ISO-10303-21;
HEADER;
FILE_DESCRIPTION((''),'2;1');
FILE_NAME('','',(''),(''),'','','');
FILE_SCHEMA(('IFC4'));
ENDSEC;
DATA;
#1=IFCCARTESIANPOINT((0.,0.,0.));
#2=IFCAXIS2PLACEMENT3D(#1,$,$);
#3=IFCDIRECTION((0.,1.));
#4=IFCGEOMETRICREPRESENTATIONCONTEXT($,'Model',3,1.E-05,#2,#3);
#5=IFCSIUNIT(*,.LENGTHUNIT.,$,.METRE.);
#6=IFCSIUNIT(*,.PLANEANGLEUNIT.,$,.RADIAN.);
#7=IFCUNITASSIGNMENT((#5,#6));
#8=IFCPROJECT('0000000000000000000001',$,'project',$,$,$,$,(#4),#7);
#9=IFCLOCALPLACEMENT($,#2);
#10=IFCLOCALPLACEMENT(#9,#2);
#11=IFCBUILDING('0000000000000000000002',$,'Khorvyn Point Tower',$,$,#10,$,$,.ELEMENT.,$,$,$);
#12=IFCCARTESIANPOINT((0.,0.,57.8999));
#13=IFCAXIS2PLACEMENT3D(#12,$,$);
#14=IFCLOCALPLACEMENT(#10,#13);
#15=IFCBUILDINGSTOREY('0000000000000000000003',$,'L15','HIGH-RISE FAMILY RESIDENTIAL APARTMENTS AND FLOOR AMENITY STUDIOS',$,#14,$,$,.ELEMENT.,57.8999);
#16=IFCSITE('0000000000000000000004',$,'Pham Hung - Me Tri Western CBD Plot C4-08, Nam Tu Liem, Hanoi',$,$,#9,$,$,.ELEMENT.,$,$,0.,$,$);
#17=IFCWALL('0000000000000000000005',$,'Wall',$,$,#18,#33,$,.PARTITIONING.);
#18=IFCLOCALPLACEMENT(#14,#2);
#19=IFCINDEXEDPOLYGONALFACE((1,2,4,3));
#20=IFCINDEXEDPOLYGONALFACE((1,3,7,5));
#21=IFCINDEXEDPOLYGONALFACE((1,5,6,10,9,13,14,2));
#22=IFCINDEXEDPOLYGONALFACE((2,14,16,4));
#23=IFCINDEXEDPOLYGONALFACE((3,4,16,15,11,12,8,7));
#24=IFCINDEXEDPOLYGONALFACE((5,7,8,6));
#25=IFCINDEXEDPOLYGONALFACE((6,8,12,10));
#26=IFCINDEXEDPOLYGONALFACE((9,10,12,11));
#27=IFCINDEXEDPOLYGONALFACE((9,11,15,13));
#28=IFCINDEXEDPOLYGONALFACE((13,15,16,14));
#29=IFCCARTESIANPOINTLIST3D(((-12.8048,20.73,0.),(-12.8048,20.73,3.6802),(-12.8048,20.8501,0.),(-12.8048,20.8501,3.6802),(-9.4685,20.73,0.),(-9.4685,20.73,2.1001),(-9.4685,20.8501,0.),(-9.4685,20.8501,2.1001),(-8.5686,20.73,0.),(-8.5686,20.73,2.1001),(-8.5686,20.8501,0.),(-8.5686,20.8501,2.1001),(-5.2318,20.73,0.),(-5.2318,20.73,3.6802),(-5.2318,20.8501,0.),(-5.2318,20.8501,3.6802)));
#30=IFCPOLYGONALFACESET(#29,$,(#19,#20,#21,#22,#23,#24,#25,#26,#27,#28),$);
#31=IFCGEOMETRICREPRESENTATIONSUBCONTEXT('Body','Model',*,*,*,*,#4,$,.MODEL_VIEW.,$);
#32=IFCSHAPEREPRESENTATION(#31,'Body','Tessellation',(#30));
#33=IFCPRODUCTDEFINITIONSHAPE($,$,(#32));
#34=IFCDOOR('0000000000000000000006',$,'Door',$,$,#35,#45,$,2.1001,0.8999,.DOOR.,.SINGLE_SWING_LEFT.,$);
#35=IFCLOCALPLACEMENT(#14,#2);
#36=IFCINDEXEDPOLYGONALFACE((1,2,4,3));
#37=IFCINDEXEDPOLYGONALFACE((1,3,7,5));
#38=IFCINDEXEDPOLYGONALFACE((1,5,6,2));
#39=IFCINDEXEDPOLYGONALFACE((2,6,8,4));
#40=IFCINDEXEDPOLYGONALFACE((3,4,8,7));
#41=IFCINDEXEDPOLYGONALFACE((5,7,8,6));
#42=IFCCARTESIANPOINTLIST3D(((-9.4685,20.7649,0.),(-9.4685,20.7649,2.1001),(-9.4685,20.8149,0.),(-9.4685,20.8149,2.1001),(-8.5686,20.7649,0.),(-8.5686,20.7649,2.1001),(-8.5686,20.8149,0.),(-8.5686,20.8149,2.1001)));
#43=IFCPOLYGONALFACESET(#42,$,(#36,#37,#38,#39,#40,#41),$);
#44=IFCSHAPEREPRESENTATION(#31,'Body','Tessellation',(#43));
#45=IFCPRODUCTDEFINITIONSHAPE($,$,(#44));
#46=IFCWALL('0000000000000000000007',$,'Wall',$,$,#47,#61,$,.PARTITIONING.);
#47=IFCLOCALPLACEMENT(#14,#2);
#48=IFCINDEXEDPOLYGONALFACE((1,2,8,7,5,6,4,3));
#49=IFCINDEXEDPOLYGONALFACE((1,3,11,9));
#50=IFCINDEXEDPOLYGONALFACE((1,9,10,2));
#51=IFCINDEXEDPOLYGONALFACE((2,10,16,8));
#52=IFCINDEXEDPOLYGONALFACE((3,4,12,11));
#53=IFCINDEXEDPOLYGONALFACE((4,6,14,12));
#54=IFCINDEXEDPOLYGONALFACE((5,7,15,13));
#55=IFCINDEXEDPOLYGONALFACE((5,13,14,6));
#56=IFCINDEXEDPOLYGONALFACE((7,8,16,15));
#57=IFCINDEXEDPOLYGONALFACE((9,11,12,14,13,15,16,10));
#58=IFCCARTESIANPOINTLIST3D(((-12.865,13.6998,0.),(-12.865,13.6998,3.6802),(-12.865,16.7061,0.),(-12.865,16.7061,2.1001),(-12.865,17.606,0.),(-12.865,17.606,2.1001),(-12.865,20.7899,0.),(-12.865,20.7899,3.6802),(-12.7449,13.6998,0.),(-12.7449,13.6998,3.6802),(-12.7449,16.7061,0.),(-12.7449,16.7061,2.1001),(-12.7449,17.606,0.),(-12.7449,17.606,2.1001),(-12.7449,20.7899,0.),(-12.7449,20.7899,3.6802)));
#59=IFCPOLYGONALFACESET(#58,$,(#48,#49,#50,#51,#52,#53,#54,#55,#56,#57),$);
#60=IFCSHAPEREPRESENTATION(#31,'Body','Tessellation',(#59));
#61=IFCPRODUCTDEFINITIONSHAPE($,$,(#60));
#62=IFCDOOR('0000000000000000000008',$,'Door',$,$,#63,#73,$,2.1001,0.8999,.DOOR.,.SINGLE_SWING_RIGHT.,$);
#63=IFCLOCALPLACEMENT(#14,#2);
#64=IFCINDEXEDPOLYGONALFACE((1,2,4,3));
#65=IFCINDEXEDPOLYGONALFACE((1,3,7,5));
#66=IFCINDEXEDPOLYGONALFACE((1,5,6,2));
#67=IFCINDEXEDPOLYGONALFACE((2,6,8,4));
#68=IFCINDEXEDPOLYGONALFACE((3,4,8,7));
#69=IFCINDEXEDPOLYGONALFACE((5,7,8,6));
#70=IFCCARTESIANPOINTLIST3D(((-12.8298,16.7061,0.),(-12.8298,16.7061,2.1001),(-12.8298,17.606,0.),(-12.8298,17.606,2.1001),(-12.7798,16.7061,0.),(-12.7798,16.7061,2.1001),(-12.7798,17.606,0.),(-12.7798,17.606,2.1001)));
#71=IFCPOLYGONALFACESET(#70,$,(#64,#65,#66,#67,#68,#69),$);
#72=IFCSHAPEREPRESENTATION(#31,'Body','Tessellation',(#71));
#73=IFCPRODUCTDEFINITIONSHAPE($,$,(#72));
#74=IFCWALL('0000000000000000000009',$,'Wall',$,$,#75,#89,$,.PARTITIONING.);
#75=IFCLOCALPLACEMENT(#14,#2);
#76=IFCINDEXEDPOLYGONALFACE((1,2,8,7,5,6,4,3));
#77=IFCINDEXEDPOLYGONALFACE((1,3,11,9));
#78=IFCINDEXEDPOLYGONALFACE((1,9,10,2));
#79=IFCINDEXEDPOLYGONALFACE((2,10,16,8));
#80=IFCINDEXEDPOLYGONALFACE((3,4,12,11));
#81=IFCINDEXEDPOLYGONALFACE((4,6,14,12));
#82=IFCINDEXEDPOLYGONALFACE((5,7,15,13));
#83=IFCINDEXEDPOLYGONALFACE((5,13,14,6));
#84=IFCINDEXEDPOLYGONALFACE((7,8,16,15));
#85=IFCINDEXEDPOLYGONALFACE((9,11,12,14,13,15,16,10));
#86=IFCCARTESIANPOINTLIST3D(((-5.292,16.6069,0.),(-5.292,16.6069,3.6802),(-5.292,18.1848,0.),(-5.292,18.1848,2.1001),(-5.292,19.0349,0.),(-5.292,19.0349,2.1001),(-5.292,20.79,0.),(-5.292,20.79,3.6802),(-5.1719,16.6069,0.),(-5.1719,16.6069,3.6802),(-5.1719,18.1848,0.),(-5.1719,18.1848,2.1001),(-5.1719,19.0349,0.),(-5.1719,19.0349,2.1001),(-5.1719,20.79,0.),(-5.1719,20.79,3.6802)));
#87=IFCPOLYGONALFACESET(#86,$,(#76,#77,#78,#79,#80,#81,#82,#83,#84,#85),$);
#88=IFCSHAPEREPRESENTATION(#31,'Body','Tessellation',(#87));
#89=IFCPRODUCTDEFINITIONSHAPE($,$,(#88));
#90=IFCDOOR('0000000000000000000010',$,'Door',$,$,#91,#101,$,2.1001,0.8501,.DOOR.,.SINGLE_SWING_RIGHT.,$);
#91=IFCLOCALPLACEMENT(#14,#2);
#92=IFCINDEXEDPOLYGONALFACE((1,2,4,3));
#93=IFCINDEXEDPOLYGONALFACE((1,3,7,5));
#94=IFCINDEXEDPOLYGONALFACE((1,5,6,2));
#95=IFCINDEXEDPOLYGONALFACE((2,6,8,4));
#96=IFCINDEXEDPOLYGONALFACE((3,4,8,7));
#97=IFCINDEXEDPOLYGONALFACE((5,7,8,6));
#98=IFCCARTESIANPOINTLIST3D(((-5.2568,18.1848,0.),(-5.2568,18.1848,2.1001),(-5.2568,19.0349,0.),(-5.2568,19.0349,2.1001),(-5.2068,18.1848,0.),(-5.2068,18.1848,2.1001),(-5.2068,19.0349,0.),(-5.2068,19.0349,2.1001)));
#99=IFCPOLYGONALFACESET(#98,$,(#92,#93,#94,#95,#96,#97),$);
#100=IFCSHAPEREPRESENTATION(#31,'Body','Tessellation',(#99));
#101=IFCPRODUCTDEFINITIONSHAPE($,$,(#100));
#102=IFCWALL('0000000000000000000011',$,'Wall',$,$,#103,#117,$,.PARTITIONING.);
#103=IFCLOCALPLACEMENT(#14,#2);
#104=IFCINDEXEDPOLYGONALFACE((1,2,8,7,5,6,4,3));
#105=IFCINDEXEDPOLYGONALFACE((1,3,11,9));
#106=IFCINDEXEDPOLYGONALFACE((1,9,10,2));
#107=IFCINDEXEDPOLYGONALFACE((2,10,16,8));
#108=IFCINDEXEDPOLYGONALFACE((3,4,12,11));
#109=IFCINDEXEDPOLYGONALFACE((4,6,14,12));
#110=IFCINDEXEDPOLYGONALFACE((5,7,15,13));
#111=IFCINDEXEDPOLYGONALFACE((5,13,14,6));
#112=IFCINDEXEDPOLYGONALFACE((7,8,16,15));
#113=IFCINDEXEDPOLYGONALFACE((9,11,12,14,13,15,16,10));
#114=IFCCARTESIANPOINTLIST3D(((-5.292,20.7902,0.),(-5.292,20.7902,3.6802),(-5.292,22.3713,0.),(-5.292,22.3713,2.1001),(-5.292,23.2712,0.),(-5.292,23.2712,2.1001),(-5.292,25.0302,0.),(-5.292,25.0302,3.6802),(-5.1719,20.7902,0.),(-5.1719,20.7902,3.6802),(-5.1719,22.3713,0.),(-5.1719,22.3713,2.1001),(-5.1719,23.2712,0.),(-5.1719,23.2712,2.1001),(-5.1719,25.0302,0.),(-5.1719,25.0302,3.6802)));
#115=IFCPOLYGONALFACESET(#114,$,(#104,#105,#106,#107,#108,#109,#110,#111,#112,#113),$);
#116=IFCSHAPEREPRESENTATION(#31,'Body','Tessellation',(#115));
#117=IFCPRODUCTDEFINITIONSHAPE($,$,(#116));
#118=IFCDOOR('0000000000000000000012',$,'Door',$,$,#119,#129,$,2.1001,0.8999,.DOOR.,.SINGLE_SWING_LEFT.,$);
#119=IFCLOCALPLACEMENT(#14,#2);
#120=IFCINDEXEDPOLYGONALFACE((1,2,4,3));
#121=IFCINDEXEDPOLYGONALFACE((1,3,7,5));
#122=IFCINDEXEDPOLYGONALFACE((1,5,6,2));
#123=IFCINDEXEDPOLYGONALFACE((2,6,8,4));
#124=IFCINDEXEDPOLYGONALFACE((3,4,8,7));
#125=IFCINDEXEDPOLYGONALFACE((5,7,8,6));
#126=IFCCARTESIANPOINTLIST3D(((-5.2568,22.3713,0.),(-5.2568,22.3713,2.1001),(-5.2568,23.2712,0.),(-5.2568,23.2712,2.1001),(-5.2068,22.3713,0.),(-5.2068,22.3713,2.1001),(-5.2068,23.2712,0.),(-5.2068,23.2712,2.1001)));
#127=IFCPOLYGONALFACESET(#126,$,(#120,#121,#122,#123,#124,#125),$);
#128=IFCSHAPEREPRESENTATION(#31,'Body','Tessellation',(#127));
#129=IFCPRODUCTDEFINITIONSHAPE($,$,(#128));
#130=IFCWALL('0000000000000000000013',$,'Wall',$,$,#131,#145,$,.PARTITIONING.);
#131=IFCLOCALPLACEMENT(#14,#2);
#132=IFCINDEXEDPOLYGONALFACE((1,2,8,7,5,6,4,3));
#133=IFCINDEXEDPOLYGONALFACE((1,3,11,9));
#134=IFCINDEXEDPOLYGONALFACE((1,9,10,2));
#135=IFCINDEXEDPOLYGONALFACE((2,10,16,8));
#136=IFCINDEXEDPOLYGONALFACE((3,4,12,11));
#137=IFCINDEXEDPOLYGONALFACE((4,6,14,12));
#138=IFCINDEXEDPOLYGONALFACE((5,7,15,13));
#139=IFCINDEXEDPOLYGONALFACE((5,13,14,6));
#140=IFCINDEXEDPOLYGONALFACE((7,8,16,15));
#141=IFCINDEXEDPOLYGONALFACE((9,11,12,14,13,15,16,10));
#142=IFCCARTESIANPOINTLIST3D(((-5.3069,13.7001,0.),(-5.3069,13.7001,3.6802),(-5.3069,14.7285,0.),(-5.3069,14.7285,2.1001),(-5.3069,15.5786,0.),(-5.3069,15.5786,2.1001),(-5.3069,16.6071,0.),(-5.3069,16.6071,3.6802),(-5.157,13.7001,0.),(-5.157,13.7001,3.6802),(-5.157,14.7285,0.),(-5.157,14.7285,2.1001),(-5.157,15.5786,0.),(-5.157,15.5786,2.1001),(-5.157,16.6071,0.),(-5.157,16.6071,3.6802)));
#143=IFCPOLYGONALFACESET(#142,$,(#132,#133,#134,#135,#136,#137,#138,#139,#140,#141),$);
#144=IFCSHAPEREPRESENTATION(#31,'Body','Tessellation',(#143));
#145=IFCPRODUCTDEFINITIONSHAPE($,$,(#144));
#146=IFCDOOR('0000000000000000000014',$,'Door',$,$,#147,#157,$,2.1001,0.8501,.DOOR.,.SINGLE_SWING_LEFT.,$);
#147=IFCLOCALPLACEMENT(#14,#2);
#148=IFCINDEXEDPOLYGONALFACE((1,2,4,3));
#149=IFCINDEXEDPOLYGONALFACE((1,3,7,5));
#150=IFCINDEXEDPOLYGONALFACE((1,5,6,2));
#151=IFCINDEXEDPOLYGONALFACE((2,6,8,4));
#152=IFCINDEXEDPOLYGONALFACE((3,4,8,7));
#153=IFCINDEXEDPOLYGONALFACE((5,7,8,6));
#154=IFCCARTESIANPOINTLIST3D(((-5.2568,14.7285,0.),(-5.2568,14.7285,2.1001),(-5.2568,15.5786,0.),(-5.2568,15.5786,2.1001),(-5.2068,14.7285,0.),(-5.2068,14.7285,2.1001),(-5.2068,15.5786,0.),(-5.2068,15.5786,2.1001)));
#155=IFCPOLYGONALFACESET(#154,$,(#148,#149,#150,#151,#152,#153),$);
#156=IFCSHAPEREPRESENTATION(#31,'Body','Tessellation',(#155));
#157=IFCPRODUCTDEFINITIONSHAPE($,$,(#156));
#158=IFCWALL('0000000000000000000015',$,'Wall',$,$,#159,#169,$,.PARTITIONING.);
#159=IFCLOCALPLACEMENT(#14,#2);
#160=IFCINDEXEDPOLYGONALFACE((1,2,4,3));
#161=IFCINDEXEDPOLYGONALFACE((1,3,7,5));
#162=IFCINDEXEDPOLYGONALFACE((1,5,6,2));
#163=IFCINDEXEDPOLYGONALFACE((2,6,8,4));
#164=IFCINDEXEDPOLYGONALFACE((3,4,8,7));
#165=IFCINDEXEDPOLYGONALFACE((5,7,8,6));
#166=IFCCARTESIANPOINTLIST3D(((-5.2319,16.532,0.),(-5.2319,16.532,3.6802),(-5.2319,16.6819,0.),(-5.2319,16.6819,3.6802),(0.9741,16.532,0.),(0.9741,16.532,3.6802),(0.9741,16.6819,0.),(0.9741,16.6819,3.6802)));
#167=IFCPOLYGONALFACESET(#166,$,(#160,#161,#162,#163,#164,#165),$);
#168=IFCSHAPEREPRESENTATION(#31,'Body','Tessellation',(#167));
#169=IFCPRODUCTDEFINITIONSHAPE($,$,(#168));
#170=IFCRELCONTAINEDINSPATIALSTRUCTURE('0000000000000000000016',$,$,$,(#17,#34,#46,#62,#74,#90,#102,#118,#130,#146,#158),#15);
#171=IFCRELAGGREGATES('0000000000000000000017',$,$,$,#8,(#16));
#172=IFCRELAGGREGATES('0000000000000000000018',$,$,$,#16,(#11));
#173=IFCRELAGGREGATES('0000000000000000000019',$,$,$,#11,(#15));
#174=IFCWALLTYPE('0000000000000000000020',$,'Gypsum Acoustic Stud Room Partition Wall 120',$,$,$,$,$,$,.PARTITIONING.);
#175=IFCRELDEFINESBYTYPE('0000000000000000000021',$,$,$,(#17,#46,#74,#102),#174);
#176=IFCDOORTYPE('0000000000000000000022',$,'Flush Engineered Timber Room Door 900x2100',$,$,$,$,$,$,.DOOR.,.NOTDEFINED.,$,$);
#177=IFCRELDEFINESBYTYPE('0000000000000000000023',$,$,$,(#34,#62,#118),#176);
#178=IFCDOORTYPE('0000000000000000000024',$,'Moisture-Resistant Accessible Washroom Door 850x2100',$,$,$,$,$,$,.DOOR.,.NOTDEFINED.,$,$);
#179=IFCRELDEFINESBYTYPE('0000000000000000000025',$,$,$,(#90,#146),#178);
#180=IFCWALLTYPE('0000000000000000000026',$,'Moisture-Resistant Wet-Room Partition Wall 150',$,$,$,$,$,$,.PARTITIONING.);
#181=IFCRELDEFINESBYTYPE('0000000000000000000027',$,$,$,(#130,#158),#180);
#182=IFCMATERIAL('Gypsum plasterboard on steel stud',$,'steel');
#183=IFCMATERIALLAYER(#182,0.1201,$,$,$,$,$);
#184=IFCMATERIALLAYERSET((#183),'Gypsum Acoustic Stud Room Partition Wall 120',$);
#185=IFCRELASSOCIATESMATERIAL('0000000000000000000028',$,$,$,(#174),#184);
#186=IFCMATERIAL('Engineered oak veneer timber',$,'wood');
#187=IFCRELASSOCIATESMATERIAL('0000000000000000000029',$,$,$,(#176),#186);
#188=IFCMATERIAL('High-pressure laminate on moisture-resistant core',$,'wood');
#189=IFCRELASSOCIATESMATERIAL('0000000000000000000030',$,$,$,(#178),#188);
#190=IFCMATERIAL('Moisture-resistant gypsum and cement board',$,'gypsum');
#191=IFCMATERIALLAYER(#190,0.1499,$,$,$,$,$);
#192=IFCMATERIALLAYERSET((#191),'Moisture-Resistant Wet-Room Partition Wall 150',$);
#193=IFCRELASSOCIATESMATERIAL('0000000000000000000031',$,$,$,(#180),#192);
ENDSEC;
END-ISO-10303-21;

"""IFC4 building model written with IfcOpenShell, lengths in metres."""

from ifc_helpers import new_model, si_unit, direction, frame, frame_2d, origin, place, context, subcontext, project, spatial, rectangle, extrude, material, layer, layer_set, type_object, element, fill, save


model = new_model("IFC4")

# Units and contexts
model_context = context("Model", 3, precision=1e-05, world=origin(), true_north=direction((0.0, 1.0)))
body_context = subcontext(model_context, "Body", "Model", "MODEL_VIEW")
ifc_project = project(units=[si_unit("LENGTHUNIT", "METRE"), si_unit("PLANEANGLEUNIT", "RADIAN")], contexts=[model_context])

# Site, building, storey
site_placement = place(None, origin())
site = spatial("IfcSite", under=ifc_project, at=site_placement, Name="Pham Hung - Me Tri Western CBD Plot C4-08, Nam Tu Liem, Hanoi", CompositionType="ELEMENT", RefElevation=0.0)
building_placement = place(site_placement, origin())
building = spatial("IfcBuilding", under=site, at=building_placement, Name="Khorvyn Point Tower", CompositionType="ELEMENT")
storey_placement = place(building_placement, frame((0.0, 0.0, 57.8999)))
storey = spatial("IfcBuildingStorey", under=building, at=storey_placement, Name="L15", Description="HIGH-RISE FAMILY RESIDENTIAL APARTMENTS AND FLOOR AMENITY STUDIOS", CompositionType="ELEMENT", Elevation=57.8999)

# Walls, openings, doors
ifc_material_1 = material(Name="Gypsum plasterboard on steel stud", Category="steel")
ifc_layer_1 = layer(ifc_material_1, 0.1201)
ifc_layer_set_1 = layer_set([ifc_layer_1], Name="Gypsum Acoustic Stud Room Partition Wall 120")
wall_type_1 = type_object("IfcWallType", Name="Gypsum Acoustic Stud Room Partition Wall 120", PredefinedType="PARTITIONING", material=ifc_layer_set_1)
wall_1_placement = place(storey_placement, frame((-12.8049, 20.79, 0.0), z_axis=(0.0, 0.0, 1.0), x_axis=(1.0, 0.0, 0.0)))
wall_1 = element("IfcWall", 1, at=wall_1_placement, inside=storey, type_object=wall_type_1, Name="Wall", PredefinedType="PARTITIONING", context=body_context, shape_type="SweptSolid", body=[
    extrude(rectangle(XDim=7.573, YDim=0.1201, at=frame_2d((3.7866, 0.0))), origin(), (0.0, 0.0, 1.0), 3.6802),
])
opening_1_placement = place(wall_1_placement, frame((3.3364, 0.0, 0.0)))
opening_1 = element("IfcOpeningElement", 2, at=opening_1_placement, cuts=wall_1, PredefinedType="OPENING", context=body_context, shape_type="SweptSolid", body=[
    extrude(rectangle(XDim=0.8999, YDim=2.1001, at=frame_2d((0.45, 1.05))), frame((0.0, 0.0701, 0.0), z_axis=(0.0, -1.0, 0.0), x_axis=(1.0, 0.0, 0.0)), (0.0, 0.0, 1.0), 0.1401),
])
ifc_material_2 = material(Name="Engineered oak veneer timber", Category="wood")
door_type_1 = type_object("IfcDoorType", Name="Flush Engineered Timber Room Door 900x2100", OperationType="NOTDEFINED", PredefinedType="DOOR", material=ifc_material_2)
door_1_placement = place(opening_1_placement, origin())
door_1 = element("IfcDoor", 3, at=door_1_placement, inside=storey, type_object=door_type_1, Name="Door", OperationType="SINGLE_SWING_LEFT", OverallHeight=2.1001, OverallWidth=0.8999, PredefinedType="DOOR", context=body_context, shape_type="SweptSolid", body=[
    extrude(rectangle(XDim=0.8999, YDim=2.1001, at=frame_2d((0.45, 1.05))), frame((0.0, 0.0249, 0.0), z_axis=(0.0, -1.0, 0.0), x_axis=(1.0, 0.0, 0.0)), (0.0, 0.0, 1.0), 0.05),
])
fill(opening_1, door_1)
wall_2_placement = place(storey_placement, frame((-12.8049, 13.7, 0.0), z_axis=(0.0, 0.0, 1.0), x_axis=(0.0, 1.0, 0.0)))
wall_2 = element("IfcWall", 4, at=wall_2_placement, inside=storey, type_object=wall_type_1, Name="Wall", PredefinedType="PARTITIONING", context=body_context, shape_type="SweptSolid", body=[
    extrude(rectangle(XDim=7.0901, YDim=0.1201, at=frame_2d((3.5449, 0.0))), origin(), (0.0, 0.0, 1.0), 3.6802),
])
opening_2_placement = place(wall_2_placement, frame((3.0061, 0.0, 0.0)))
opening_2 = element("IfcOpeningElement", 5, at=opening_2_placement, cuts=wall_2, PredefinedType="OPENING", context=body_context, shape_type="SweptSolid", body=[
    extrude(rectangle(XDim=0.8999, YDim=2.1001, at=frame_2d((0.45, 1.05))), frame((0.0, 0.0701, 0.0), z_axis=(0.0, -1.0, 0.0), x_axis=(1.0, 0.0, 0.0)), (0.0, 0.0, 1.0), 0.1401),
])
door_2_placement = place(opening_2_placement, origin())
door_2 = element("IfcDoor", 6, at=door_2_placement, inside=storey, type_object=door_type_1, Name="Door", OperationType="SINGLE_SWING_RIGHT", OverallHeight=2.1001, OverallWidth=0.8999, PredefinedType="DOOR", context=body_context, shape_type="SweptSolid", body=[
    extrude(rectangle(XDim=0.8999, YDim=2.1001, at=frame_2d((0.45, 1.05))), frame((0.0, 0.0249, 0.0), z_axis=(0.0, -1.0, 0.0), x_axis=(1.0, 0.0, 0.0)), (0.0, 0.0, 1.0), 0.05),
])
fill(opening_2, door_2)
wall_3_placement = place(storey_placement, frame((-5.2319, 16.6069, 0.0), z_axis=(0.0, 0.0, 1.0), x_axis=(0.0, 1.0, 0.0)))
wall_3 = element("IfcWall", 7, at=wall_3_placement, inside=storey, type_object=wall_type_1, Name="Wall", PredefinedType="PARTITIONING", context=body_context, shape_type="SweptSolid", body=[
    extrude(rectangle(XDim=4.1831, YDim=0.1201, at=frame_2d((2.0916, 0.0))), origin(), (0.0, 0.0, 1.0), 3.6802),
])
opening_3_placement = place(wall_3_placement, frame((1.5779, 0.0, 0.0)))
opening_3 = element("IfcOpeningElement", 8, at=opening_3_placement, cuts=wall_3, PredefinedType="OPENING", context=body_context, shape_type="SweptSolid", body=[
    extrude(rectangle(XDim=0.8501, YDim=2.1001, at=frame_2d((0.425, 1.05))), frame((0.0, 0.0701, 0.0), z_axis=(0.0, -1.0, 0.0), x_axis=(1.0, 0.0, 0.0)), (0.0, 0.0, 1.0), 0.1401),
])
ifc_material_3 = material(Name="High-pressure laminate on moisture-resistant core", Category="wood")
door_type_2 = type_object("IfcDoorType", Name="Moisture-Resistant Accessible Washroom Door 850x2100", OperationType="NOTDEFINED", PredefinedType="DOOR", material=ifc_material_3)
door_3_placement = place(opening_3_placement, origin())
door_3 = element("IfcDoor", 9, at=door_3_placement, inside=storey, type_object=door_type_2, Name="Door", OperationType="SINGLE_SWING_RIGHT", OverallHeight=2.1001, OverallWidth=0.8501, PredefinedType="DOOR", context=body_context, shape_type="SweptSolid", body=[
    extrude(rectangle(XDim=0.8501, YDim=2.1001, at=frame_2d((0.425, 1.05))), frame((0.0, 0.0249, 0.0), z_axis=(0.0, -1.0, 0.0), x_axis=(1.0, 0.0, 0.0)), (0.0, 0.0, 1.0), 0.05),
])
fill(opening_3, door_3)
wall_4_placement = place(storey_placement, frame((-5.2319, 20.79, 0.0), z_axis=(0.0, 0.0, 1.0), x_axis=(0.0, 1.0, 0.0)))
wall_4 = element("IfcWall", 10, at=wall_4_placement, inside=storey, type_object=wall_type_1, Name="Wall", PredefinedType="PARTITIONING", context=body_context, shape_type="SweptSolid", body=[
    extrude(rectangle(XDim=4.24, YDim=0.1201, at=frame_2d((2.1201, 0.0))), origin(), (0.0, 0.0, 1.0), 3.6802),
])
opening_4_placement = place(wall_4_placement, frame((1.5813, 0.0, 0.0)))
opening_4 = element("IfcOpeningElement", 11, at=opening_4_placement, cuts=wall_4, PredefinedType="OPENING", context=body_context, shape_type="SweptSolid", body=[
    extrude(rectangle(XDim=0.8999, YDim=2.1001, at=frame_2d((0.45, 1.05))), frame((0.0, 0.0701, 0.0), z_axis=(0.0, -1.0, 0.0), x_axis=(1.0, 0.0, 0.0)), (0.0, 0.0, 1.0), 0.1401),
])
door_4_placement = place(opening_4_placement, origin())
door_4 = element("IfcDoor", 12, at=door_4_placement, inside=storey, type_object=door_type_1, Name="Door", OperationType="SINGLE_SWING_LEFT", OverallHeight=2.1001, OverallWidth=0.8999, PredefinedType="DOOR", context=body_context, shape_type="SweptSolid", body=[
    extrude(rectangle(XDim=0.8999, YDim=2.1001, at=frame_2d((0.45, 1.05))), frame((0.0, 0.0249, 0.0), z_axis=(0.0, -1.0, 0.0), x_axis=(1.0, 0.0, 0.0)), (0.0, 0.0, 1.0), 0.05),
])
fill(opening_4, door_4)
ifc_material_4 = material(Name="Moisture-resistant gypsum and cement board", Category="gypsum")
ifc_layer_2 = layer(ifc_material_4, 0.1499)
ifc_layer_set_2 = layer_set([ifc_layer_2], Name="Moisture-Resistant Wet-Room Partition Wall 150")
wall_type_2 = type_object("IfcWallType", Name="Moisture-Resistant Wet-Room Partition Wall 150", PredefinedType="PARTITIONING", material=ifc_layer_set_2)
wall_5_placement = place(storey_placement, frame((-5.2319, 13.7, 0.0), z_axis=(0.0, 0.0, 1.0), x_axis=(0.0, 1.0, 0.0)))
wall_5 = element("IfcWall", 13, at=wall_5_placement, inside=storey, type_object=wall_type_2, Name="Wall", PredefinedType="PARTITIONING", context=body_context, shape_type="SweptSolid", body=[
    extrude(rectangle(XDim=2.907, YDim=0.1499, at=frame_2d((1.4536, 0.0))), origin(), (0.0, 0.0, 1.0), 3.6802),
])
opening_5_placement = place(wall_5_placement, frame((1.0286, 0.0, 0.0)))
opening_5 = element("IfcOpeningElement", 14, at=opening_5_placement, cuts=wall_5, PredefinedType="OPENING", context=body_context, shape_type="SweptSolid", body=[
    extrude(rectangle(XDim=0.8501, YDim=2.1001, at=frame_2d((0.425, 1.05))), frame((0.0, 0.085, 0.0), z_axis=(0.0, -1.0, 0.0), x_axis=(1.0, 0.0, 0.0)), (0.0, 0.0, 1.0), 0.1699),
])
door_5_placement = place(opening_5_placement, origin())
door_5 = element("IfcDoor", 15, at=door_5_placement, inside=storey, type_object=door_type_2, Name="Door", OperationType="SINGLE_SWING_LEFT", OverallHeight=2.1001, OverallWidth=0.8501, PredefinedType="DOOR", context=body_context, shape_type="SweptSolid", body=[
    extrude(rectangle(XDim=0.8501, YDim=2.1001, at=frame_2d((0.425, 1.05))), frame((0.0, 0.0249, 0.0), z_axis=(0.0, -1.0, 0.0), x_axis=(1.0, 0.0, 0.0)), (0.0, 0.0, 1.0), 0.05),
])
fill(opening_5, door_5)

# Wall
for number, where, z_axis, x_axis, name in (
    (16, (-5.2319, 16.6069, 0.0), (0.0, 0.0, 1.0), (1.0, 0.0, 0.0), "Wall"),
):
    element("IfcWall", number, at=place(storey_placement, frame(where, z_axis=z_axis, x_axis=x_axis)), inside=storey, type_object=wall_type_2, Name=name, PredefinedType="PARTITIONING", context=body_context, shape_type="SweptSolid", body=[
        extrude(rectangle(XDim=6.2061, YDim=0.1499, at=frame_2d((3.103, 0.0))), origin(), (0.0, 0.0, 1.0), 3.6802),
    ])

save(model, "model.ifc")
